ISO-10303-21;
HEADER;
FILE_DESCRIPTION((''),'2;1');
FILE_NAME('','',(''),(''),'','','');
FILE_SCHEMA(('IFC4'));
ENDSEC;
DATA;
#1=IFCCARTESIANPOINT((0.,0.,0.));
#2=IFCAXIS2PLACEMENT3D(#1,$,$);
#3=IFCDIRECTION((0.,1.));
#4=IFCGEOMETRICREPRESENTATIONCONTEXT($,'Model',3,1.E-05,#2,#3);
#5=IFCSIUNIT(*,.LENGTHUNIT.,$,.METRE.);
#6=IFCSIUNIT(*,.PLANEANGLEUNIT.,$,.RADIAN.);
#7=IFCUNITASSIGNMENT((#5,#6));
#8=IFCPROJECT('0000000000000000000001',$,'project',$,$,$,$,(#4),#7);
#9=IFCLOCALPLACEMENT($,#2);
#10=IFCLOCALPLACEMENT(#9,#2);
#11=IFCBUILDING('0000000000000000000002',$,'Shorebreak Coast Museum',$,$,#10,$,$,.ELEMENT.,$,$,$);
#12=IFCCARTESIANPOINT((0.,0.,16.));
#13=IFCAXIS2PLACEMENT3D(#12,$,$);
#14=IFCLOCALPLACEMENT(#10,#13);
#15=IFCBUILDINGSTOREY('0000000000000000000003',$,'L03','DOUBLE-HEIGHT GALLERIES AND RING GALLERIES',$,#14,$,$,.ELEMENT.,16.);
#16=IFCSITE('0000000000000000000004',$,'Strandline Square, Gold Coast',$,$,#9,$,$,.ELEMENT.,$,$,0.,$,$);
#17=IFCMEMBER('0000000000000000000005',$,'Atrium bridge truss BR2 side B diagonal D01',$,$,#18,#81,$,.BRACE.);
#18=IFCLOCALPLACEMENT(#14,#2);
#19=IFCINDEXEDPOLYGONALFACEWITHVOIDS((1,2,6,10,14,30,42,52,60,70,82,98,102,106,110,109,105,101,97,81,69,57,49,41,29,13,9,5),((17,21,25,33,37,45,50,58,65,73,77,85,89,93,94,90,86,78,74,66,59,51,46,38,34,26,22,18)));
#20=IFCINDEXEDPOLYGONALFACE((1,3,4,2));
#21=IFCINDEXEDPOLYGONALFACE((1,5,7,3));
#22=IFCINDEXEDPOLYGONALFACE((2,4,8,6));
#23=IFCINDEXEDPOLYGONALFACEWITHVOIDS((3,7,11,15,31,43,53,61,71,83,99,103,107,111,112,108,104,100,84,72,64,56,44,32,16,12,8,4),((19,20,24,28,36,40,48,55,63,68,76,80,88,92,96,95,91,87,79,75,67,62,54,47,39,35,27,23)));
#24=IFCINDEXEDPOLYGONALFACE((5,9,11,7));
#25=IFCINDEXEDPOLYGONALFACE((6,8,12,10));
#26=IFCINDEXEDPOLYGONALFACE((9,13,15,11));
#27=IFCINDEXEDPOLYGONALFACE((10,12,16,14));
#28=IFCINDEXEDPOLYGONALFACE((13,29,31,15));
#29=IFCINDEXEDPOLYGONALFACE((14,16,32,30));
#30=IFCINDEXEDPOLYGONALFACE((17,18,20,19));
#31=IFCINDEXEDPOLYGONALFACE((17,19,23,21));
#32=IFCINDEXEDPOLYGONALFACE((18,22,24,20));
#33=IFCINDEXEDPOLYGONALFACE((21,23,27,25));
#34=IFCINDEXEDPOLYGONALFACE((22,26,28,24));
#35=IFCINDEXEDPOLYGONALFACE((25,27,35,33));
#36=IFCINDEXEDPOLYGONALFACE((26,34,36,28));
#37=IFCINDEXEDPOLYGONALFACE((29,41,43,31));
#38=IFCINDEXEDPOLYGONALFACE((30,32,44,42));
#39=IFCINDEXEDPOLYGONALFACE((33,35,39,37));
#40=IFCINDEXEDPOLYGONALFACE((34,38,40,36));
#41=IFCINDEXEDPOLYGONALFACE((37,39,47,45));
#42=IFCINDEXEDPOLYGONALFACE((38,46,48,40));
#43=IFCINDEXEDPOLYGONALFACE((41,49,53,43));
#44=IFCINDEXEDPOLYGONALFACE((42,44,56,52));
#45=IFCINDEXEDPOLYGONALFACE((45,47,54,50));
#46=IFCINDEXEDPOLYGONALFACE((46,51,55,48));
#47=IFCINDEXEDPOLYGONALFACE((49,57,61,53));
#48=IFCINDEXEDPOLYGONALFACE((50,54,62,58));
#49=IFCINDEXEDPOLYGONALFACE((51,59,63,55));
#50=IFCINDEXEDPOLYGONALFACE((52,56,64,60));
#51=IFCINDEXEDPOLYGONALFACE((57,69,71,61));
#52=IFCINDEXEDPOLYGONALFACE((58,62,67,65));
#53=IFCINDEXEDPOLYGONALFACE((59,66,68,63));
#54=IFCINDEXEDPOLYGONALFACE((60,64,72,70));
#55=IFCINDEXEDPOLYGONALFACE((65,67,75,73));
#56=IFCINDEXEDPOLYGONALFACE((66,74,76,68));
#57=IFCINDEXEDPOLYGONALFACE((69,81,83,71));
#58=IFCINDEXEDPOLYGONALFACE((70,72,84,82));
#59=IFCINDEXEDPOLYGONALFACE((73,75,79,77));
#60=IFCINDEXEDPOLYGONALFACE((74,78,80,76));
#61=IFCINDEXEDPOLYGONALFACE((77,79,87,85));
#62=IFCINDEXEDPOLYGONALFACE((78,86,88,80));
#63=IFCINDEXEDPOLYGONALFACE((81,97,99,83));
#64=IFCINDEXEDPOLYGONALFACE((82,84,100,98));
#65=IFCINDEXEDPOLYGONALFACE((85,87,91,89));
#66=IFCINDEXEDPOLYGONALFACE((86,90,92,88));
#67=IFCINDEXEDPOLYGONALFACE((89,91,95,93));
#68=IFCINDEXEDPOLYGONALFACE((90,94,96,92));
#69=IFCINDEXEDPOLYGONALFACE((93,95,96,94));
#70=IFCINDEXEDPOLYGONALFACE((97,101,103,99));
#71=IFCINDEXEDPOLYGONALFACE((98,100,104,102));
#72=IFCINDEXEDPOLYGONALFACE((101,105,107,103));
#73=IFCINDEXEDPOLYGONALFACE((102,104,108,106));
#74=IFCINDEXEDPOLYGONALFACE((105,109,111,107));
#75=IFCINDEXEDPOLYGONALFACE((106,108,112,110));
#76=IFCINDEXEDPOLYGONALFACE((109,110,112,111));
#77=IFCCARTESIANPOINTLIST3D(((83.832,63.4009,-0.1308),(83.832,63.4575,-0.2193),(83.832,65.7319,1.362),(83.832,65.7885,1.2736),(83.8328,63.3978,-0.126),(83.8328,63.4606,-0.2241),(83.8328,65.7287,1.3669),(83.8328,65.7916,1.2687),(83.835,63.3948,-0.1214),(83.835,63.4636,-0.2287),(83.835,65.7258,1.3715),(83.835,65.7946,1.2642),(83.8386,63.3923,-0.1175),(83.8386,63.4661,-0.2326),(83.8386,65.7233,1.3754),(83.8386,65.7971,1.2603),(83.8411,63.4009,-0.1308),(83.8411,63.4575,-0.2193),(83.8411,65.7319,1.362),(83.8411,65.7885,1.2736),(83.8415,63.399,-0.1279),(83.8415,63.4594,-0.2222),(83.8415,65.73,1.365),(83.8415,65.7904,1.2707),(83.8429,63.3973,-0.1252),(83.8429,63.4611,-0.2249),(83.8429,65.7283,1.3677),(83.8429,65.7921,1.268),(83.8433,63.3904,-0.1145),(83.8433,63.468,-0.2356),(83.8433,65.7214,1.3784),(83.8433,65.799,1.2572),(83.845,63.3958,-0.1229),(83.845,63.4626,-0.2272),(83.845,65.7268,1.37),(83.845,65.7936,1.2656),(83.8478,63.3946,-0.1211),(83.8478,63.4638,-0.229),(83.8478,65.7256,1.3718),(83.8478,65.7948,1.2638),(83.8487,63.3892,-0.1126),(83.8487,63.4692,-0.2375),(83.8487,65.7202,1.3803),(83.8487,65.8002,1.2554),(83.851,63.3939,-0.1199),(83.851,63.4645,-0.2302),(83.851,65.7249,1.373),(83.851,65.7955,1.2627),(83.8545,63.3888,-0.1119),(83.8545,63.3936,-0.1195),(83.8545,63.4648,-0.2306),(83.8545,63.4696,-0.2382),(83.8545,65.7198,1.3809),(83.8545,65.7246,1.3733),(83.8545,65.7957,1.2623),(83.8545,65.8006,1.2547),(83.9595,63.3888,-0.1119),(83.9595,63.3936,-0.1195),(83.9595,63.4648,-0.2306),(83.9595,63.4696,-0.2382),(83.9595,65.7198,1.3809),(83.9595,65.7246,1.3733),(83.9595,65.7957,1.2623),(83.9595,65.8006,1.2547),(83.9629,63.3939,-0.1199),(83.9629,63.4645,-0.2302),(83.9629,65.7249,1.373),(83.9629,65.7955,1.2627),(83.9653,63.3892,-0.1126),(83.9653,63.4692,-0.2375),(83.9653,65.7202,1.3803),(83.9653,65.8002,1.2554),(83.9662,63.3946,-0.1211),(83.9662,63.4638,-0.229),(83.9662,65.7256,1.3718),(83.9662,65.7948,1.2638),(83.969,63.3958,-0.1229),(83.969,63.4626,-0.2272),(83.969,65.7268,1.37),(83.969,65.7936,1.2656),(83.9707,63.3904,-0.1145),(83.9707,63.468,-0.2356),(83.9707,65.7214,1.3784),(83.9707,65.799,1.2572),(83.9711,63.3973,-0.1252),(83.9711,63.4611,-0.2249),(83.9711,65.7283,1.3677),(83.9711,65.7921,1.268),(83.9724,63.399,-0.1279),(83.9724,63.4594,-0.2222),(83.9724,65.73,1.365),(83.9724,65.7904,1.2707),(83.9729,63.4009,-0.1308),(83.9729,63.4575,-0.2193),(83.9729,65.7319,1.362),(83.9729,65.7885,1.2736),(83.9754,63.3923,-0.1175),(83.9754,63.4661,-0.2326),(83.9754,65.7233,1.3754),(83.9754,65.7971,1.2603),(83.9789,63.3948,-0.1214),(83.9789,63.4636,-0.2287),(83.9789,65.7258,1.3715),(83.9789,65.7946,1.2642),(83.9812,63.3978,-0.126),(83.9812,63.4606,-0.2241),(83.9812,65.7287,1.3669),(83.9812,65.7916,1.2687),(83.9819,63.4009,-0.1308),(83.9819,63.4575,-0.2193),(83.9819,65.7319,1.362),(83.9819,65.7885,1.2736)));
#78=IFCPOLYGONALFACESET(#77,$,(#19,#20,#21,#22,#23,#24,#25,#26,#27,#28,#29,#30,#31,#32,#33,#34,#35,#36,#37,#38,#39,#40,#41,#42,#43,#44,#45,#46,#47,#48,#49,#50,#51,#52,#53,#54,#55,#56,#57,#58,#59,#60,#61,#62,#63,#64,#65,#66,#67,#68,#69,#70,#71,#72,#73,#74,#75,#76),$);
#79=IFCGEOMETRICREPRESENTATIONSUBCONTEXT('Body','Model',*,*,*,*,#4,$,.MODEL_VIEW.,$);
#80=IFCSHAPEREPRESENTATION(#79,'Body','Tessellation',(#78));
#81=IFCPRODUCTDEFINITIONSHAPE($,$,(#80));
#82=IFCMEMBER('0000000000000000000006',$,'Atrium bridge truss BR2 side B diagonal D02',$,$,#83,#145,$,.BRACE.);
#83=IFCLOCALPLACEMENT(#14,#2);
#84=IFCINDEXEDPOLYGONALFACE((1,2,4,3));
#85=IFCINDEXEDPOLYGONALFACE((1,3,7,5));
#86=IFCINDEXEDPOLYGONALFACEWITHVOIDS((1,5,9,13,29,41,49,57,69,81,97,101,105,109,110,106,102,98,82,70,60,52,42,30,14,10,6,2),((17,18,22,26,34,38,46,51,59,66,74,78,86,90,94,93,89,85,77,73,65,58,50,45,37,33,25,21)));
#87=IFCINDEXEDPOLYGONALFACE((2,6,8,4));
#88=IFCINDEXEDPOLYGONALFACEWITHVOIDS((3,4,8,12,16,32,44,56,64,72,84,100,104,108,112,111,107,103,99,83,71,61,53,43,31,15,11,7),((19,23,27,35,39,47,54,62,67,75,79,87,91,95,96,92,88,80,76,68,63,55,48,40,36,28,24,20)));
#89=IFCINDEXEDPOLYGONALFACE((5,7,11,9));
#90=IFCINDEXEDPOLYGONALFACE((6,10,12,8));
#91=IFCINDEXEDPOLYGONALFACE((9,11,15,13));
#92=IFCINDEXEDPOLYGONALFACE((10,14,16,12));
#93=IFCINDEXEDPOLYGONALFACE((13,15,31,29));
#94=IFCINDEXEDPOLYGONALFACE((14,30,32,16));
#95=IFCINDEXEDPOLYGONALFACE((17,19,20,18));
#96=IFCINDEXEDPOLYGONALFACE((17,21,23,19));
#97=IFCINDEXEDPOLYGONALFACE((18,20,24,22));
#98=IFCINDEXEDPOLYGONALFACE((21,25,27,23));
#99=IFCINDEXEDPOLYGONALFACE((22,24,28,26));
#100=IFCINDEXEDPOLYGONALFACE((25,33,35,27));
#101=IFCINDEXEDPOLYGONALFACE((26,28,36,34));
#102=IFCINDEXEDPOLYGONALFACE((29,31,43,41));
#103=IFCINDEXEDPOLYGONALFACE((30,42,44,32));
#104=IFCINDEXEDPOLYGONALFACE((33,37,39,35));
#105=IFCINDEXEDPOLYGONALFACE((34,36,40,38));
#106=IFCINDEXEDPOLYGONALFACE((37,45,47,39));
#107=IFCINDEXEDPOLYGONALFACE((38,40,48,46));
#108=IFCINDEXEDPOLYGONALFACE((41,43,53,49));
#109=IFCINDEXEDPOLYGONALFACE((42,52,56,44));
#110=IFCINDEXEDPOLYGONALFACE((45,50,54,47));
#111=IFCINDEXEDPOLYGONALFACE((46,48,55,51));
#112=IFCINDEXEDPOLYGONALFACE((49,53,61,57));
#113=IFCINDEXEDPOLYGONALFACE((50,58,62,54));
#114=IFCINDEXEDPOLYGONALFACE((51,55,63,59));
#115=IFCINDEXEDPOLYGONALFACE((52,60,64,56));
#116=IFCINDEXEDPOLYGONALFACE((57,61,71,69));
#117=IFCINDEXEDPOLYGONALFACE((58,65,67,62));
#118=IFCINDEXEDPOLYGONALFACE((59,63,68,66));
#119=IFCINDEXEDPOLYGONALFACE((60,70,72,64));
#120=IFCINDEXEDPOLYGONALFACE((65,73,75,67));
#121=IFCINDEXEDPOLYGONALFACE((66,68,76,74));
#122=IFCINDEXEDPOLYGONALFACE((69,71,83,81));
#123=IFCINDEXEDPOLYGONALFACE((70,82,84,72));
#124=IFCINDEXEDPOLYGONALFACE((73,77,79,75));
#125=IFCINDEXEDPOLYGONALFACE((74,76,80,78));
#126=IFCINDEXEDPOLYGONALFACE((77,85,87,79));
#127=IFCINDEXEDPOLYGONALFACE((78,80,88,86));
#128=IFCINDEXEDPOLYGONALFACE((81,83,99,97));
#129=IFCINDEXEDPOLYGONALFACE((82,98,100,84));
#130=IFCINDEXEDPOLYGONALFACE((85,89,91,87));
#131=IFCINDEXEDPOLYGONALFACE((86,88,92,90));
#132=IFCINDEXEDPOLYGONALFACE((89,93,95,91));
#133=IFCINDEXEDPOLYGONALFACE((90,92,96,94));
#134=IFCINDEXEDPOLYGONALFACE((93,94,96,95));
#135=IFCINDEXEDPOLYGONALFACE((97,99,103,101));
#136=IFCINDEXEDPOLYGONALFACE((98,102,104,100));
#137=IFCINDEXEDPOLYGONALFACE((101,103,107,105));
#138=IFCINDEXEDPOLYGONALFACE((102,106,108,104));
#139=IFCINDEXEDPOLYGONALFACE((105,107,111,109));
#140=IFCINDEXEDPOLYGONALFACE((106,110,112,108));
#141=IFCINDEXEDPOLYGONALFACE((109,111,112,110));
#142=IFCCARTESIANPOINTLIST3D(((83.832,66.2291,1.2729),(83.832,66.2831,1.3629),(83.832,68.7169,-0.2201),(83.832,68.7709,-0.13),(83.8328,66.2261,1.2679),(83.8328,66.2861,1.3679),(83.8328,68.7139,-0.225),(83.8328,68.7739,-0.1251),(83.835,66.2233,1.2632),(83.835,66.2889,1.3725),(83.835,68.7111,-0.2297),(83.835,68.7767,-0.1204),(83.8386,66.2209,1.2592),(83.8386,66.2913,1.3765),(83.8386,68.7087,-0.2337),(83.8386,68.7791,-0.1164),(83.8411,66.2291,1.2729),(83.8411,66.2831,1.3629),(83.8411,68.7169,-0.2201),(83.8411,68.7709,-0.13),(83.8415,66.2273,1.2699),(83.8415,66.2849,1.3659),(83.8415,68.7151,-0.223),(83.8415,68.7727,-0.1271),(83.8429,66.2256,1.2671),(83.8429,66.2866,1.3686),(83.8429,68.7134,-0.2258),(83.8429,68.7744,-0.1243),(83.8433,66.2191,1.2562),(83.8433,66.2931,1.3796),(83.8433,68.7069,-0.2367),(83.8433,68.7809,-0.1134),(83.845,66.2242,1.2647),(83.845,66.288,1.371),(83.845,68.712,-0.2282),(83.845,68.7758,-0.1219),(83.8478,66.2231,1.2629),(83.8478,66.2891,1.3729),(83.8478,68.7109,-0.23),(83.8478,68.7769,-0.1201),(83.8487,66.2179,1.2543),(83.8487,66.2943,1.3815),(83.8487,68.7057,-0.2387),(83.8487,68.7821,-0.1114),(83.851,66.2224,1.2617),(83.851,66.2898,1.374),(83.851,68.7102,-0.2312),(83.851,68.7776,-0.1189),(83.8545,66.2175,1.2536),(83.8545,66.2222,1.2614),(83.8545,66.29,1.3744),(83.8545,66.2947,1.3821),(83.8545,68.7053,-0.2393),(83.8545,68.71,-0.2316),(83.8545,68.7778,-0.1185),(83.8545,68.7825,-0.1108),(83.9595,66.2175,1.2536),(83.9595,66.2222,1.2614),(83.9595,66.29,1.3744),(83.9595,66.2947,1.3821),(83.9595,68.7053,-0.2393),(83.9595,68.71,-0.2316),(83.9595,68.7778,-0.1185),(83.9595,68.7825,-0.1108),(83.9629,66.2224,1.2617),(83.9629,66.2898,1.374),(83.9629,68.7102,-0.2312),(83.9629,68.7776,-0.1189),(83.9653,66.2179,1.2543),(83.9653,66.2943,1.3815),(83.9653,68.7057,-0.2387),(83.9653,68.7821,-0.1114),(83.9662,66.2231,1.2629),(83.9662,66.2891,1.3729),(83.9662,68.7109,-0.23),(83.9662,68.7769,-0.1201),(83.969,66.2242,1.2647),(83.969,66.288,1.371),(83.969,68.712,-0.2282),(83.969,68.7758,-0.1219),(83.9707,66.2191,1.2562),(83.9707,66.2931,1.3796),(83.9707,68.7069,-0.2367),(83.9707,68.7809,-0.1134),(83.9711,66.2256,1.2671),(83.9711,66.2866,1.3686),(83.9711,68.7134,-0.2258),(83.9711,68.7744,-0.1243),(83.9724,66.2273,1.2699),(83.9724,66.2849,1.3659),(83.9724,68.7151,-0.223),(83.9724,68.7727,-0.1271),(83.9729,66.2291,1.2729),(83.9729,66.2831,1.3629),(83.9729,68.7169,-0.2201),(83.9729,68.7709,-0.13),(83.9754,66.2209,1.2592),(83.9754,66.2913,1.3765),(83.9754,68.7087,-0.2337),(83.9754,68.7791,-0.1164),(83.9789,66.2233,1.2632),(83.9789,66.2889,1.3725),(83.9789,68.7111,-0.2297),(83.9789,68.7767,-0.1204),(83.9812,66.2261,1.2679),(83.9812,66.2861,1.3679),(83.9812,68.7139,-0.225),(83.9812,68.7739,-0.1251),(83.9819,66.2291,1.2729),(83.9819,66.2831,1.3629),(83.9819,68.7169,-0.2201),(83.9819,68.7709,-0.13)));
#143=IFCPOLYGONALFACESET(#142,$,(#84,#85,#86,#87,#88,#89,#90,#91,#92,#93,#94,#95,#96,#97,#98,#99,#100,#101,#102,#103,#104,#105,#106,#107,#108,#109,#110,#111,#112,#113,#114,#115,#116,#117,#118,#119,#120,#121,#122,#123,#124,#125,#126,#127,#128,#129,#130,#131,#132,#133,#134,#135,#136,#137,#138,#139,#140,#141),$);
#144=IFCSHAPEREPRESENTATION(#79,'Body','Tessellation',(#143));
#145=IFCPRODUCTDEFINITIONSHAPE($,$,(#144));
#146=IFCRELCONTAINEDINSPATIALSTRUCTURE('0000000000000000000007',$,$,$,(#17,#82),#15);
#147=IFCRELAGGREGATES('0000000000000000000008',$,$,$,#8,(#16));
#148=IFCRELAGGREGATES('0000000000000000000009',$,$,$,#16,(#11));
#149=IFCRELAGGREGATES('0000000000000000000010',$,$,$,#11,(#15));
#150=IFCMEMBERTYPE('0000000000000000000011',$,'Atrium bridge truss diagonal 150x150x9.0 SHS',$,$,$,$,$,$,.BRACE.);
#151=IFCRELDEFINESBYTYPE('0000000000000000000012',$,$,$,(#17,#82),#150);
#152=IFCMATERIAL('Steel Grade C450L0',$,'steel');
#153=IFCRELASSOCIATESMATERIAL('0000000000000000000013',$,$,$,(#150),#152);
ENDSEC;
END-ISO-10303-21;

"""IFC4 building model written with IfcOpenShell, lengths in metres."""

from ifc_helpers import new_model, si_unit, direction, frame, origin, origin_2d, place, context, subcontext, project, spatial, hollow_rectangle, extrude, material, material_profile, profile_set, type_object, element, save


model = new_model("IFC4")

# Units and contexts
model_context = context("Model", 3, precision=1e-05, world=origin(), true_north=direction((0.0, 1.0)))
body_context = subcontext(model_context, "Body", "Model", "MODEL_VIEW")
ifc_project = project(units=[si_unit("LENGTHUNIT", "METRE"), si_unit("PLANEANGLEUNIT", "RADIAN")], contexts=[model_context])

# Site, building, storey
site_placement = place(None, origin())
site = spatial("IfcSite", under=ifc_project, at=site_placement, Name="Strandline Square, Gold Coast", CompositionType="ELEMENT", RefElevation=0.0)
building_placement = place(site_placement, origin())
building = spatial("IfcBuilding", under=site, at=building_placement, Name="Shorebreak Coast Museum", CompositionType="ELEMENT")
storey_placement = place(building_placement, frame((0.0, 0.0, 16.0)))
storey = spatial("IfcBuildingStorey", under=building, at=storey_placement, Name="L03", Description="DOUBLE-HEIGHT GALLERIES AND RING GALLERIES", CompositionType="ELEMENT", Elevation=16.0)

# Members
ifc_material_1 = material(Name="Steel Grade C450L0", Category="steel")
ifc_material_profile_1 = material_profile(ifc_material_1, hollow_rectangle(XDim=0.1499, YDim=0.1499, WallThickness=0.009, InnerFilletRadius=0.0134, OuterFilletRadius=0.0225, at=origin_2d()), Name="150x150x9.0 SHS")
ifc_profile_set_1 = profile_set([ifc_material_profile_1], Name="Steel Grade C450L0")
member_type_1 = type_object("IfcMemberType", Name="Atrium bridge truss diagonal 150x150x9.0 SHS", PredefinedType="BRACE", material=ifc_profile_set_1)
member_1_placement = place(storey_placement, frame((83.907, 63.4292, -0.175), z_axis=(0.0, 0.8421, 0.539321), x_axis=(-1.0, 0.0, 0.0)))
element("IfcMember", 1, at=member_1_placement, inside=storey, type_object=member_type_1, Name="Atrium bridge truss BR2 side B diagonal D01", PredefinedType="BRACE", context=body_context, shape_type="SweptSolid", body=[
    extrude(hollow_rectangle(XDim=0.1499, YDim=0.1499, WallThickness=0.009, InnerFilletRadius=0.0134, OuterFilletRadius=0.0225, at=origin_2d()), origin(), (0.0, 0.0, 1.0), 2.7681),
])
for number, where, z_axis, x_axis, name in (
    (2, (83.907, 68.7439, -0.175), (0.0, -0.857456, 0.514558), (1.0, 0.0, 0.0), "Atrium bridge truss BR2 side B diagonal D02"),
):
    element("IfcMember", number, at=place(storey_placement, frame(where, z_axis=z_axis, x_axis=x_axis)), inside=storey, type_object=member_type_1, Name=name, PredefinedType="BRACE", context=body_context, shape_type="SweptSolid", body=[
        extrude(hollow_rectangle(XDim=0.1499, YDim=0.1499, WallThickness=0.009, InnerFilletRadius=0.0134, OuterFilletRadius=0.0225, at=origin_2d()), origin(), (0.0, 0.0, 1.0), 2.9014),
    ])

save(model, "model.ifc")
